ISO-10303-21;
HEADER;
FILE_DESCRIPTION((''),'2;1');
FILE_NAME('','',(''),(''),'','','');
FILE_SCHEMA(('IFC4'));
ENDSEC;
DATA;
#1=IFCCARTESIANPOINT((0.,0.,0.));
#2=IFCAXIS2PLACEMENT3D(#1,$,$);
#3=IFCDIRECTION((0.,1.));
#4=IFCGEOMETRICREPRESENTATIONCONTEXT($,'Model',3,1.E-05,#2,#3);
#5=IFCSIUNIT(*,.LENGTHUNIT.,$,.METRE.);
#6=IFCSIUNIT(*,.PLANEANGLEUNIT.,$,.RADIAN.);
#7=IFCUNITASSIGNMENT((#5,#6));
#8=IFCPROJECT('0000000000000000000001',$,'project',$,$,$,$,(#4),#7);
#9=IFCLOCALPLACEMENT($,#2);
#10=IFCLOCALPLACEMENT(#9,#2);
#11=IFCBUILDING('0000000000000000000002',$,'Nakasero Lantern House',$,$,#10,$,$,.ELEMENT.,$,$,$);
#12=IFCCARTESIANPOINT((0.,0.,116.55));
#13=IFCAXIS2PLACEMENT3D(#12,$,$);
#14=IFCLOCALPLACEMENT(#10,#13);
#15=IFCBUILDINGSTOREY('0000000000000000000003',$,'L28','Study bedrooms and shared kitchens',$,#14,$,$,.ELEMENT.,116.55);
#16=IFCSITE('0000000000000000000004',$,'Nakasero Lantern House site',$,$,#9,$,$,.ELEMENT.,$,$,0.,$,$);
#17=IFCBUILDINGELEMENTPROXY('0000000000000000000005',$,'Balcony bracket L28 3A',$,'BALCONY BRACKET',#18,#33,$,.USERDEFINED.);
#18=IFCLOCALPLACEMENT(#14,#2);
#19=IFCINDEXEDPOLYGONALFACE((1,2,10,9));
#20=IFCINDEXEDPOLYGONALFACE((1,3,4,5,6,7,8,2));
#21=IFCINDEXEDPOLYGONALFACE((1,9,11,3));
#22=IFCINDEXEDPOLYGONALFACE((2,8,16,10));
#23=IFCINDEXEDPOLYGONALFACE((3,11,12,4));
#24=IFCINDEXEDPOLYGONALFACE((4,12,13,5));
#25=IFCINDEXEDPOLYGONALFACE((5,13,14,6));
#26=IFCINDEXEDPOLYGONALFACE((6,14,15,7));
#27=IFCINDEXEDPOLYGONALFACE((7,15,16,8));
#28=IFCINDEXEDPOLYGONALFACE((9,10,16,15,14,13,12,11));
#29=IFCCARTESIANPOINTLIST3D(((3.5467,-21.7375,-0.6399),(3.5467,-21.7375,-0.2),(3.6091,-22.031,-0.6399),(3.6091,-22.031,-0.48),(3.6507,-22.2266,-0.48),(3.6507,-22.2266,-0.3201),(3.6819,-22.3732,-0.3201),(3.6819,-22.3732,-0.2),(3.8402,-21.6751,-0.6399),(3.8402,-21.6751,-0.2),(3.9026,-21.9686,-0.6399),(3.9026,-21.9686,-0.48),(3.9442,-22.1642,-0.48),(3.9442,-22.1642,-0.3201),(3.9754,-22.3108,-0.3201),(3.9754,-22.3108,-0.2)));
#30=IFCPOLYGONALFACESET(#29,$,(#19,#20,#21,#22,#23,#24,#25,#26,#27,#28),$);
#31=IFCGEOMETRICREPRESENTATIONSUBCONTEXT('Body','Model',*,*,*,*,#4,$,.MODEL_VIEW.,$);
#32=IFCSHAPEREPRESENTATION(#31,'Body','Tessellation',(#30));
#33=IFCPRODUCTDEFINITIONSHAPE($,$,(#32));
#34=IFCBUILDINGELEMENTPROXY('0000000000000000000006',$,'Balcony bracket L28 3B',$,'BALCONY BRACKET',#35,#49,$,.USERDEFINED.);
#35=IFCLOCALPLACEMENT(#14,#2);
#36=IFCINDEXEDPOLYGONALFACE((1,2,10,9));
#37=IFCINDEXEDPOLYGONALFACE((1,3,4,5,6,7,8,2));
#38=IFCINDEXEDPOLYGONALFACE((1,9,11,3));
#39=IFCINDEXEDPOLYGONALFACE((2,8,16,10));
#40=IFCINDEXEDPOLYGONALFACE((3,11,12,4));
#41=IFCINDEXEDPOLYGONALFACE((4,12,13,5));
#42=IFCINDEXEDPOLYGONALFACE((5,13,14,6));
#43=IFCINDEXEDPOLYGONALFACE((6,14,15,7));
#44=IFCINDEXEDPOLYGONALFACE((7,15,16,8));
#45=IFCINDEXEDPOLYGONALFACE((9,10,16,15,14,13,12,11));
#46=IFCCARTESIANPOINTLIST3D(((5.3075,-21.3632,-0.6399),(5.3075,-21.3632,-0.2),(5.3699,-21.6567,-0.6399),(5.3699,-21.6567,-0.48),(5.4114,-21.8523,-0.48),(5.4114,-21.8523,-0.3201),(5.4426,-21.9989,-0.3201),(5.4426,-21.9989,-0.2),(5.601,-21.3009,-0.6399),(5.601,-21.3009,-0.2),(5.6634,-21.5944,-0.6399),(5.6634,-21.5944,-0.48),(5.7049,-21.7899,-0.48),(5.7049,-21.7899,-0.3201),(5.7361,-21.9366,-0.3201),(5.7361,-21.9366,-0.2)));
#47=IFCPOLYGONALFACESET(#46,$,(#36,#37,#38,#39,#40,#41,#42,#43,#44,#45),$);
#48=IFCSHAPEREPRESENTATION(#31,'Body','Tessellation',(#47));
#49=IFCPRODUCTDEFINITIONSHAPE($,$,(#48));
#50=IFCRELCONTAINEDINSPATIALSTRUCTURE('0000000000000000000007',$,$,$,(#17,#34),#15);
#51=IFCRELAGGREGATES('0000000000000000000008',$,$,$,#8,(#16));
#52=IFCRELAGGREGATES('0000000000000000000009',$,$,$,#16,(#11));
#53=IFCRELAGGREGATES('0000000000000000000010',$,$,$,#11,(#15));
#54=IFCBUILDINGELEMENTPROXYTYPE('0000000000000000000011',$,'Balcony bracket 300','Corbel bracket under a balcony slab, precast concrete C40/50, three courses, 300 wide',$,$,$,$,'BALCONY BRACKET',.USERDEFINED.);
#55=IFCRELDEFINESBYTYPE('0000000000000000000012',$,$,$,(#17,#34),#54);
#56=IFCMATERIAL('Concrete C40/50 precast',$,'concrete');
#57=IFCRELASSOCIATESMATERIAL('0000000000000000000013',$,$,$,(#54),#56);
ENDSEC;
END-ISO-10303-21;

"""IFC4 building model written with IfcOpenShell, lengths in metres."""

from ifc_helpers import new_model, si_unit, direction, frame, origin, place, context, subcontext, project, spatial, polyline, outline, extrude, material, type_object, element, save


model = new_model("IFC4")

# Units and contexts
model_context = context("Model", 3, precision=1e-05, world=origin(), true_north=direction((0.0, 1.0)))
body_context = subcontext(model_context, "Body", "Model", "MODEL_VIEW")
ifc_project = project(units=[si_unit("LENGTHUNIT", "METRE"), si_unit("PLANEANGLEUNIT", "RADIAN")], contexts=[model_context])

# Site, building, storey
site_placement = place(None, origin())
site = spatial("IfcSite", under=ifc_project, at=site_placement, Name="Nakasero Lantern House site", CompositionType="ELEMENT", RefElevation=0.0)
building_placement = place(site_placement, origin())
building = spatial("IfcBuilding", under=site, at=building_placement, Name="Nakasero Lantern House", CompositionType="ELEMENT")
storey_placement = place(building_placement, frame((0.0, 0.0, 116.55)))
storey = spatial("IfcBuildingStorey", under=building, at=storey_placement, Name="L28", Description="Study bedrooms and shared kitchens", CompositionType="ELEMENT", Elevation=116.55)

# Building element proxies
ifc_material_1 = material(Name="Concrete C40/50 precast", Category="concrete")
building_element_proxy_type = type_object("IfcBuildingElementProxyType", Name="Balcony bracket 300", Description="Corbel bracket under a balcony slab, precast concrete C40/50, three courses, 300 wide", ElementType="BALCONY BRACKET", PredefinedType="USERDEFINED", material=ifc_material_1)
for number, where, z_axis, x_axis, name in (
    (1, (3.6936, -21.7063, -0.2), (0.0, 0.0, 1.0), (0.207912, -0.978148, 0.0), "Balcony bracket L28 3A"),
    (2, (5.4543, -21.332, -0.2), (0.0, 0.0, 1.0), (0.207912, -0.978148, 0.0), "Balcony bracket L28 3B"),
):
    element("IfcBuildingElementProxy", number, at=place(storey_placement, frame(where, z_axis=z_axis, x_axis=x_axis)), inside=storey, type_object=building_element_proxy_type, Name=name, ObjectType="BALCONY BRACKET", PredefinedType="USERDEFINED", context=body_context, shape_type="SweptSolid", body=[
        extrude(outline(polyline([(0.0, 0.0), (0.6499, 0.0), (0.6499, -0.1201), (0.5, -0.1201), (0.5, -0.28), (0.3, -0.28), (0.3, -0.4399), (0.0, -0.4399), (0.0, 0.0)])), frame((0.0, 0.1499, 0.0), z_axis=(0.0, -1.0, 0.0), x_axis=(1.0, 0.0, 0.0)), (0.0, 0.0, 1.0), 0.3),
    ])

save(model, "model.ifc")
